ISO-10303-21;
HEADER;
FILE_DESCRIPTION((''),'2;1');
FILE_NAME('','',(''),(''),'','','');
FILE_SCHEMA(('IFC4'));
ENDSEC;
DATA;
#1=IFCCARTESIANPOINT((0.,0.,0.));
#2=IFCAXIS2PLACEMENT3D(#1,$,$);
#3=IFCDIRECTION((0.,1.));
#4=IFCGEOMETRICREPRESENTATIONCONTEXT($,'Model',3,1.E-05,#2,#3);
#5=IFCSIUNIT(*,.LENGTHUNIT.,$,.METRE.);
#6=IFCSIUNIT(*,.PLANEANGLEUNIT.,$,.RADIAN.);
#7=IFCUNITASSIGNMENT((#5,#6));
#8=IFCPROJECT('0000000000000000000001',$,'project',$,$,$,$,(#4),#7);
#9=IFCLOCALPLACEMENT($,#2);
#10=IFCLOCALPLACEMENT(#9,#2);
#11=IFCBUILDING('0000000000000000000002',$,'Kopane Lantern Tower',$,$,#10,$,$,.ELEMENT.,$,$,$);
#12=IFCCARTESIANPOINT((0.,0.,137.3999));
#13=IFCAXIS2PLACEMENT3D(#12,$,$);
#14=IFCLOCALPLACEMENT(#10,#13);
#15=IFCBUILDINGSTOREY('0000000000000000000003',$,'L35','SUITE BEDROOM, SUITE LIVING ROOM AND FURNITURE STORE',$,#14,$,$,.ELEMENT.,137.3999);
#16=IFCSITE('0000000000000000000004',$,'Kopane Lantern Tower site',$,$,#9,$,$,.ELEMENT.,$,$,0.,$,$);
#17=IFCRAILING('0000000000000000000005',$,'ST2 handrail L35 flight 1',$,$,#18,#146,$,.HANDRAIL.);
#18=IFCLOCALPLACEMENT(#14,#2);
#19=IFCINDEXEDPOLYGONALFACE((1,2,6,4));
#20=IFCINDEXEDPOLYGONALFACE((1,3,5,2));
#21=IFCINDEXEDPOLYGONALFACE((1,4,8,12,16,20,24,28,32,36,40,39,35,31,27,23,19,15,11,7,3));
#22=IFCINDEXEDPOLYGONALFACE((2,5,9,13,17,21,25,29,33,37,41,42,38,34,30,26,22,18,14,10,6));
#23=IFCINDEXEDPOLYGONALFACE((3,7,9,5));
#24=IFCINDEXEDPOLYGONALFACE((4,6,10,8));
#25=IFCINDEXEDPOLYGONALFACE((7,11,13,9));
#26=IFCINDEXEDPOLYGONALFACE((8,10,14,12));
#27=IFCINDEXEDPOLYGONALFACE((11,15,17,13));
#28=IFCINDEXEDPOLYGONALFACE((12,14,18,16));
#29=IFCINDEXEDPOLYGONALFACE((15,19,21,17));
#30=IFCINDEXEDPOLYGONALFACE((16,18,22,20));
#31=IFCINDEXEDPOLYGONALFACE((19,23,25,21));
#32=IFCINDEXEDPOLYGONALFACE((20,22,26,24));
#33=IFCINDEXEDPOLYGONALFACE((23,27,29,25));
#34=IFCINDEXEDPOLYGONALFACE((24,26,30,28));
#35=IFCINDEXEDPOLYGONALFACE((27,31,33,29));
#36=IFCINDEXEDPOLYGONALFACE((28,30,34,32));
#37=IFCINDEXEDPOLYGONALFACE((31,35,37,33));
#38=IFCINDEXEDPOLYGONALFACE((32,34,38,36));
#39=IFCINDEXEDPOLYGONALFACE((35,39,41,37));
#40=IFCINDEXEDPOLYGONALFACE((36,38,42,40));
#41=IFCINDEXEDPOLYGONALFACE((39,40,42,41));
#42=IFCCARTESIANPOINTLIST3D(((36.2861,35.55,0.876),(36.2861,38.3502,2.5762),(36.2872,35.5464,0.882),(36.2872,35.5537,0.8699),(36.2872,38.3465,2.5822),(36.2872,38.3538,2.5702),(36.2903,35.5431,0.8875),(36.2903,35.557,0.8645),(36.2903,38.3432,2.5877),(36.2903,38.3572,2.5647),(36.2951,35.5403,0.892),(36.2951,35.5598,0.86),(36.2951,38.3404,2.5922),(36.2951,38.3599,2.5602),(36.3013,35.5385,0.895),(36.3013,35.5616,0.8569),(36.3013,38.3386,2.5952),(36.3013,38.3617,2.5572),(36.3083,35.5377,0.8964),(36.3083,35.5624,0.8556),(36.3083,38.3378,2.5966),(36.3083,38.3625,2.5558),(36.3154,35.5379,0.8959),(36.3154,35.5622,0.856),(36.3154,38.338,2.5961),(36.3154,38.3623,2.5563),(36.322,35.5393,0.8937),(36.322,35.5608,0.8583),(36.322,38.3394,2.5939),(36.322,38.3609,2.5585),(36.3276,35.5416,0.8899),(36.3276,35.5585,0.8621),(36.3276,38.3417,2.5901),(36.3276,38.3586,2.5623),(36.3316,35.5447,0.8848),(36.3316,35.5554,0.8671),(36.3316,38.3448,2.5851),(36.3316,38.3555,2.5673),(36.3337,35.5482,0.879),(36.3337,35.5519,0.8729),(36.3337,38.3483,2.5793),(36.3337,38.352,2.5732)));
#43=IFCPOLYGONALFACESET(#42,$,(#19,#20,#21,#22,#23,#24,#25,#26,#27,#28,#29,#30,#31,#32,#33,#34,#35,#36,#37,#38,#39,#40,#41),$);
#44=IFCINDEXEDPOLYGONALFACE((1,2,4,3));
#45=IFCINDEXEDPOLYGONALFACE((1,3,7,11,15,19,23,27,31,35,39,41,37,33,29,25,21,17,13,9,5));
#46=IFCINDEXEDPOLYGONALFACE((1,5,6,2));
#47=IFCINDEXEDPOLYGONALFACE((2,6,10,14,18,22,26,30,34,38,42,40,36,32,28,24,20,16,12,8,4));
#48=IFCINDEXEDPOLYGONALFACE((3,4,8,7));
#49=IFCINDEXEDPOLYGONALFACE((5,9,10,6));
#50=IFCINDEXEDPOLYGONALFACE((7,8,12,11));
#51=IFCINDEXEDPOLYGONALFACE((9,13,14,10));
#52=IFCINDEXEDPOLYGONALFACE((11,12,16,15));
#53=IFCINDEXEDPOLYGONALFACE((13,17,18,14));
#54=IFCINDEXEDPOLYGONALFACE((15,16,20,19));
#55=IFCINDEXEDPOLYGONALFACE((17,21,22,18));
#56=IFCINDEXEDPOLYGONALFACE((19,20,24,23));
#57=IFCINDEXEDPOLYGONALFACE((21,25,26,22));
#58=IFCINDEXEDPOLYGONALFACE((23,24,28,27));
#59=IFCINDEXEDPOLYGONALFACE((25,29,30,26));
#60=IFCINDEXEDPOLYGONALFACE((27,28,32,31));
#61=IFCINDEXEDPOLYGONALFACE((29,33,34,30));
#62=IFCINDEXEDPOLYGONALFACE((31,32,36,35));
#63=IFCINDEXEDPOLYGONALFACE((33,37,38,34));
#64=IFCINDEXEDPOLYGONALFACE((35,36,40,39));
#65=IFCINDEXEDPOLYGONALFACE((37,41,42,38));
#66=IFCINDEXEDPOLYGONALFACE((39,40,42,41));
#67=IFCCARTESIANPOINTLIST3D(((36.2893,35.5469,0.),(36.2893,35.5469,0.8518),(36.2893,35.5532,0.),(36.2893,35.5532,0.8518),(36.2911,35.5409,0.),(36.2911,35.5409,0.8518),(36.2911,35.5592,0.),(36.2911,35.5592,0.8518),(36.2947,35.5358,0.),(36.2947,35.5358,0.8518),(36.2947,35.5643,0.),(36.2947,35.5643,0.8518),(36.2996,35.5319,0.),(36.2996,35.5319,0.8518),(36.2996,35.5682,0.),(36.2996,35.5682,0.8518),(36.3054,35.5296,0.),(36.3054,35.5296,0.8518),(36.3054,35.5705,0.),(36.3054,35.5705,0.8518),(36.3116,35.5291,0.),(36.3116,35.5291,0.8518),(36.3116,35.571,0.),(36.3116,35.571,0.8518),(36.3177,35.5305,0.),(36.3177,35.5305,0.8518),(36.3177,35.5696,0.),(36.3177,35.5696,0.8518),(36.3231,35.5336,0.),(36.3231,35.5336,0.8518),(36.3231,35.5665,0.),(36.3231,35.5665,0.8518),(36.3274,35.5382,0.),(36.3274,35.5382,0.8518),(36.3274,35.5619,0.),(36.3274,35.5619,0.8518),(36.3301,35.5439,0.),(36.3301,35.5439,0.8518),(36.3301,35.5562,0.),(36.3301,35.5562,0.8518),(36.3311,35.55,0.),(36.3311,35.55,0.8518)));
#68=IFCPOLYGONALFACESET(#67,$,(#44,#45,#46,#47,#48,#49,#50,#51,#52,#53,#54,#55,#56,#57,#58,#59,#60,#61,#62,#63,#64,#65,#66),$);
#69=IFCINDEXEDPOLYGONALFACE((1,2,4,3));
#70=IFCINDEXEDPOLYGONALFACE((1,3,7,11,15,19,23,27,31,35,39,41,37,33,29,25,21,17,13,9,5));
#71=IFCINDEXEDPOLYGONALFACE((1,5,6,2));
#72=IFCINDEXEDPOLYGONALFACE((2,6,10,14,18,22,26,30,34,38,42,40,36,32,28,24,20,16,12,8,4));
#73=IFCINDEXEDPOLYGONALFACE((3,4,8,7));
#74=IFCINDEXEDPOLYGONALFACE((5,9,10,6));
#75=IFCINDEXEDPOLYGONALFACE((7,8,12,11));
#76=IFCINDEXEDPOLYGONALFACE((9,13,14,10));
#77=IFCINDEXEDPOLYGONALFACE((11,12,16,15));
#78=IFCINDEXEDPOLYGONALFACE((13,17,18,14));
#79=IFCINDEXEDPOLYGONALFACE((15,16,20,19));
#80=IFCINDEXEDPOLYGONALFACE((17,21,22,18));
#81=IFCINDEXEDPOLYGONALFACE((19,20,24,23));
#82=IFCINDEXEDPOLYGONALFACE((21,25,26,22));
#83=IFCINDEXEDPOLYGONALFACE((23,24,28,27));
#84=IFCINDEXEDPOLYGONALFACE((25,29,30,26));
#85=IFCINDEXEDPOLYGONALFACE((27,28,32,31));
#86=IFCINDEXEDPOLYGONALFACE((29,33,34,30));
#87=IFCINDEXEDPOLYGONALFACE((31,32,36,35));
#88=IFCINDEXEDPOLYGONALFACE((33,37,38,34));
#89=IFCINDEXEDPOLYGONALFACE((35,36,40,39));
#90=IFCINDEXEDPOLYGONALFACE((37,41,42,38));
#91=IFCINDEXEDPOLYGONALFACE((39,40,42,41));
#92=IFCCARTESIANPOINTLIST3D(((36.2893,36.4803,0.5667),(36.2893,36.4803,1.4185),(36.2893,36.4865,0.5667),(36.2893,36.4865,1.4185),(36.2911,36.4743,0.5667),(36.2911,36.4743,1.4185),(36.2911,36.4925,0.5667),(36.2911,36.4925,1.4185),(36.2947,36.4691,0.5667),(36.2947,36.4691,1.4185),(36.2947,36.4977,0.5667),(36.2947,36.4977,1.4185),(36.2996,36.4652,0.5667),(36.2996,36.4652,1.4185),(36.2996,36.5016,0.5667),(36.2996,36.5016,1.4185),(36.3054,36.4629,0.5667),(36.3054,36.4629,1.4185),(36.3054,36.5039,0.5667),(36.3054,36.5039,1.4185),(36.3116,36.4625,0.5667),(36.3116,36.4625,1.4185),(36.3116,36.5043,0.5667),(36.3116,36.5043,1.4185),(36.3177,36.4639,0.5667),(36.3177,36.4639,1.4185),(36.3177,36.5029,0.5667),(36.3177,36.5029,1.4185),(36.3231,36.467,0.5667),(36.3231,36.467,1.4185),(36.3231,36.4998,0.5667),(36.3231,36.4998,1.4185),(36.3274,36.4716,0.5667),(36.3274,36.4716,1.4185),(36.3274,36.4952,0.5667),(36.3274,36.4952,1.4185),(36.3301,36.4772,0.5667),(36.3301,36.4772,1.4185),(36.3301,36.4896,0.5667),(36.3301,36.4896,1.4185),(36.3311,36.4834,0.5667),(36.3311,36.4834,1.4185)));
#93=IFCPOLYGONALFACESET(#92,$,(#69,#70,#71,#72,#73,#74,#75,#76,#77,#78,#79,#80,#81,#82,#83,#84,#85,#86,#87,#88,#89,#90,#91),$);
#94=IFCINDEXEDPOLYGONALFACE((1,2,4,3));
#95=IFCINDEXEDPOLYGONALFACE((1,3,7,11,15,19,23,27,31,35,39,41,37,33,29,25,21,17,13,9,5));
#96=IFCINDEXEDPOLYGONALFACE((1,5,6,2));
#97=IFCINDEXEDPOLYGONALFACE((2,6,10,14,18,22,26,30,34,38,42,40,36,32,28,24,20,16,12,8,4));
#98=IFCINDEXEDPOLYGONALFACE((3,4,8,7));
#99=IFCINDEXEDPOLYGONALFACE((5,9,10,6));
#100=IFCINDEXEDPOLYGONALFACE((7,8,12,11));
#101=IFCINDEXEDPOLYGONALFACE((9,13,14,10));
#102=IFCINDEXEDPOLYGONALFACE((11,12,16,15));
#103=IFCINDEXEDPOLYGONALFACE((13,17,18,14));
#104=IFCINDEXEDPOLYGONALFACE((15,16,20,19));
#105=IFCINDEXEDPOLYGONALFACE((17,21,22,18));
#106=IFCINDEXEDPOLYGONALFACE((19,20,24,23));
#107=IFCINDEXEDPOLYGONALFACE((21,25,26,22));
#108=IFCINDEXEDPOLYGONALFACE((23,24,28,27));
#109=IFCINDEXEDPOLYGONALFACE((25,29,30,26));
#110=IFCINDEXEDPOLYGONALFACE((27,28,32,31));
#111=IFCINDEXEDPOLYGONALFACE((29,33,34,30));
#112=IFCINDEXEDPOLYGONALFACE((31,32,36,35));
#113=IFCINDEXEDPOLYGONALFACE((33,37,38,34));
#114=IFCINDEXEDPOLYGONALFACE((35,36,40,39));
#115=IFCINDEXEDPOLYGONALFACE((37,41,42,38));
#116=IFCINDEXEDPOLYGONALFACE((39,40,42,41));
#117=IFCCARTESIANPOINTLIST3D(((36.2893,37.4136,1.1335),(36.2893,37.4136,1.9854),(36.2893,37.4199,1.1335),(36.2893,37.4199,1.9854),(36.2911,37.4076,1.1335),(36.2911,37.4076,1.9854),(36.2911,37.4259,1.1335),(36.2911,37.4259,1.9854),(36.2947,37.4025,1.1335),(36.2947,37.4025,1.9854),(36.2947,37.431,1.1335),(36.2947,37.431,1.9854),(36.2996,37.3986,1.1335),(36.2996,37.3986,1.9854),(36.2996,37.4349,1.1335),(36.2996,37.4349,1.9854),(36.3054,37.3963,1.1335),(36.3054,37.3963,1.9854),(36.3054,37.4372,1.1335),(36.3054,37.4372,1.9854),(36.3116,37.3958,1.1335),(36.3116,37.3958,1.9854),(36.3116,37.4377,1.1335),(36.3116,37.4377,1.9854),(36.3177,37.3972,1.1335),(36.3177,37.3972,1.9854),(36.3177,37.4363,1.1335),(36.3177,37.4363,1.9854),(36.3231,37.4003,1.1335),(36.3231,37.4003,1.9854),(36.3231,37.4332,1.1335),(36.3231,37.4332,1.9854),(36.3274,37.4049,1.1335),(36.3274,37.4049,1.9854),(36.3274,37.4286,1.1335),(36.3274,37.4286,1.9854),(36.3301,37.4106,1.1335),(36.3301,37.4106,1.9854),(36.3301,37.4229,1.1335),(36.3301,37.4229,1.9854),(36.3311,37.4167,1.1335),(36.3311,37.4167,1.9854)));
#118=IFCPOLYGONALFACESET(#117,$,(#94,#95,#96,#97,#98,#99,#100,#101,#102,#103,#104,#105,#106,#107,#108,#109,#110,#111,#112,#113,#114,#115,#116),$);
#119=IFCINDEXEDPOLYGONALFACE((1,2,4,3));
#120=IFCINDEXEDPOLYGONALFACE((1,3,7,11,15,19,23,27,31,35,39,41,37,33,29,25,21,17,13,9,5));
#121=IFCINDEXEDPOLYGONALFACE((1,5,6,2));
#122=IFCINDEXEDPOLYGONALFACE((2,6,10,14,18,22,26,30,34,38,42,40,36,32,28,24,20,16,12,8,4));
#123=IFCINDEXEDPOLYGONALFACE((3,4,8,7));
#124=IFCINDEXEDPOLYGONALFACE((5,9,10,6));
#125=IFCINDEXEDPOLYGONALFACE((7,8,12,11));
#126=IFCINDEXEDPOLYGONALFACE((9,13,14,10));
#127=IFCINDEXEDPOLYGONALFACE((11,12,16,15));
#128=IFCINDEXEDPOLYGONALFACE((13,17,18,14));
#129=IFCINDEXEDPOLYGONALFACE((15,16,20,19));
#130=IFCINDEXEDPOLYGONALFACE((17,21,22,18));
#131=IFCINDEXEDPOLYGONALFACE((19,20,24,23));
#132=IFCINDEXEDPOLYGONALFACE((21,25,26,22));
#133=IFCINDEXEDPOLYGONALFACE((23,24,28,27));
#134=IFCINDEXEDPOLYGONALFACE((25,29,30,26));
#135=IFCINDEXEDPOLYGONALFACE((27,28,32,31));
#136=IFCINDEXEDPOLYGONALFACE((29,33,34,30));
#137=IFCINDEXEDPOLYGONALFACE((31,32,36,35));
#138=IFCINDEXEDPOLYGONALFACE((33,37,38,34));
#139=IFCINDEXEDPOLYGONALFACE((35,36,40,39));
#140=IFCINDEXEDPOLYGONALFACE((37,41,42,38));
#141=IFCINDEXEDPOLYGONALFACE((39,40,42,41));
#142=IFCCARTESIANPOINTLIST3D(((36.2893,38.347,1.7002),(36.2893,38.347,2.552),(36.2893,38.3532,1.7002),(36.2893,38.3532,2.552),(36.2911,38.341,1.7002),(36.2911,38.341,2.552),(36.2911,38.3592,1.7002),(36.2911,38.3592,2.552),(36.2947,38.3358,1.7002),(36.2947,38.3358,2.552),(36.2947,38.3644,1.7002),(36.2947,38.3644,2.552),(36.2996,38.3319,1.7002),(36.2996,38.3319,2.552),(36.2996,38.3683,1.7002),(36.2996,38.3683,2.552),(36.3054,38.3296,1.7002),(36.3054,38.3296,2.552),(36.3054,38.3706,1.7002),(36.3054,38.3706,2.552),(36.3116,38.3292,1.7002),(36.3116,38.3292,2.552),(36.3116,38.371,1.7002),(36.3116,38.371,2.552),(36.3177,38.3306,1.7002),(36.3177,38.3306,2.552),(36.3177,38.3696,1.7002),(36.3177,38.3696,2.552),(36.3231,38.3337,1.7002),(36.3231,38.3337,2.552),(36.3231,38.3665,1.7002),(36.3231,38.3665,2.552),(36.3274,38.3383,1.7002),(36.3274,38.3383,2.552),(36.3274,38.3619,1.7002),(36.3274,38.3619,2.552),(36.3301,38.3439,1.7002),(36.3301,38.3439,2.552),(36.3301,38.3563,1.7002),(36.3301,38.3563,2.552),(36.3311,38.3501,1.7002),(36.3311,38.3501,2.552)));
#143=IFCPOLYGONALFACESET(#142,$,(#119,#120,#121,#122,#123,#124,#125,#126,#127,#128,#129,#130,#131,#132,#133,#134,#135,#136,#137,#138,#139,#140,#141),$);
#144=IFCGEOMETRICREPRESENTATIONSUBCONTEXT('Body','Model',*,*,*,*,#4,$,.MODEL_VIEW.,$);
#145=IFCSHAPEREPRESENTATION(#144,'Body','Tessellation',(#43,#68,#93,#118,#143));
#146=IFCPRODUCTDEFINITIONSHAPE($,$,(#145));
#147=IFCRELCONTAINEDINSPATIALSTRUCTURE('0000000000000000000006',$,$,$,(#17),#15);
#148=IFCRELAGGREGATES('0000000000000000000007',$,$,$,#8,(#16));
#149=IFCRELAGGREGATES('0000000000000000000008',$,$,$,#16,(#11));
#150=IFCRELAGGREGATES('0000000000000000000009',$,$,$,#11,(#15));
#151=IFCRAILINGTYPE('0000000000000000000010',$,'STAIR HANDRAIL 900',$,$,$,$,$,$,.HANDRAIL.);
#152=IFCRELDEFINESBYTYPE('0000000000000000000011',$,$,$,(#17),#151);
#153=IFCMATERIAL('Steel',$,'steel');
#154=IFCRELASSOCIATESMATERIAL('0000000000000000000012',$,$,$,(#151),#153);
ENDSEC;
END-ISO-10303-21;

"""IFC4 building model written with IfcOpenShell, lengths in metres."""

from ifc_helpers import new_model, si_unit, direction, frame, origin, origin_2d, place, context, subcontext, project, spatial, circle, extrude, material, type_object, element, save


model = new_model("IFC4")

# Units and contexts
model_context = context("Model", 3, precision=1e-05, world=origin(), true_north=direction((0.0, 1.0)))
body_context = subcontext(model_context, "Body", "Model", "MODEL_VIEW")
ifc_project = project(units=[si_unit("LENGTHUNIT", "METRE"), si_unit("PLANEANGLEUNIT", "RADIAN")], contexts=[model_context])

# Site, building, storey
site_placement = place(None, origin())
site = spatial("IfcSite", under=ifc_project, at=site_placement, Name="Kopane Lantern Tower site", CompositionType="ELEMENT", RefElevation=0.0)
building_placement = place(site_placement, origin())
building = spatial("IfcBuilding", under=site, at=building_placement, Name="Kopane Lantern Tower", CompositionType="ELEMENT")
storey_placement = place(building_placement, frame((0.0, 0.0, 137.3999)))
storey = spatial("IfcBuildingStorey", under=building, at=storey_placement, Name="L35", Description="SUITE BEDROOM, SUITE LIVING ROOM AND FURNITURE STORE", CompositionType="ELEMENT", Elevation=137.3999)

# Railing
ifc_material_1 = material(Name="Steel", Category="steel")
railing_type_1 = type_object("IfcRailingType", Name="STAIR HANDRAIL 900", PredefinedType="HANDRAIL", material=ifc_material_1)
for number, where, name in (
    (1, (36.3101, 35.55, 0.0), "ST2 handrail L35 flight 1"),
):
    element("IfcRailing", number, at=place(storey_placement, frame(where)), inside=storey, type_object=railing_type_1, Name=name, PredefinedType="HANDRAIL", context=body_context, shape_type="SweptSolid", body=[
        extrude(circle(Radius=0.0239, at=origin_2d()), frame((0.0, 0.0, 0.876), z_axis=(0.0, 0.854765, 0.519015), x_axis=(-1.0, 0.0, 0.0)), (0.0, 0.0, 1.0), 3.2759),
        extrude(circle(Radius=0.021, at=origin_2d()), origin(), (0.0, 0.0, 1.0), 0.8518),
        extrude(circle(Radius=0.021, at=origin_2d()), frame((0.0, 0.9333, 0.5667)), (0.0, 0.0, 1.0), 0.8518),
        extrude(circle(Radius=0.021, at=origin_2d()), frame((0.0, 1.8667, 1.1335)), (0.0, 0.0, 1.0), 0.8518),
        extrude(circle(Radius=0.021, at=origin_2d()), frame((0.0, 2.8, 1.7002)), (0.0, 0.0, 1.0), 0.8518),
    ])

save(model, "model.ifc")
